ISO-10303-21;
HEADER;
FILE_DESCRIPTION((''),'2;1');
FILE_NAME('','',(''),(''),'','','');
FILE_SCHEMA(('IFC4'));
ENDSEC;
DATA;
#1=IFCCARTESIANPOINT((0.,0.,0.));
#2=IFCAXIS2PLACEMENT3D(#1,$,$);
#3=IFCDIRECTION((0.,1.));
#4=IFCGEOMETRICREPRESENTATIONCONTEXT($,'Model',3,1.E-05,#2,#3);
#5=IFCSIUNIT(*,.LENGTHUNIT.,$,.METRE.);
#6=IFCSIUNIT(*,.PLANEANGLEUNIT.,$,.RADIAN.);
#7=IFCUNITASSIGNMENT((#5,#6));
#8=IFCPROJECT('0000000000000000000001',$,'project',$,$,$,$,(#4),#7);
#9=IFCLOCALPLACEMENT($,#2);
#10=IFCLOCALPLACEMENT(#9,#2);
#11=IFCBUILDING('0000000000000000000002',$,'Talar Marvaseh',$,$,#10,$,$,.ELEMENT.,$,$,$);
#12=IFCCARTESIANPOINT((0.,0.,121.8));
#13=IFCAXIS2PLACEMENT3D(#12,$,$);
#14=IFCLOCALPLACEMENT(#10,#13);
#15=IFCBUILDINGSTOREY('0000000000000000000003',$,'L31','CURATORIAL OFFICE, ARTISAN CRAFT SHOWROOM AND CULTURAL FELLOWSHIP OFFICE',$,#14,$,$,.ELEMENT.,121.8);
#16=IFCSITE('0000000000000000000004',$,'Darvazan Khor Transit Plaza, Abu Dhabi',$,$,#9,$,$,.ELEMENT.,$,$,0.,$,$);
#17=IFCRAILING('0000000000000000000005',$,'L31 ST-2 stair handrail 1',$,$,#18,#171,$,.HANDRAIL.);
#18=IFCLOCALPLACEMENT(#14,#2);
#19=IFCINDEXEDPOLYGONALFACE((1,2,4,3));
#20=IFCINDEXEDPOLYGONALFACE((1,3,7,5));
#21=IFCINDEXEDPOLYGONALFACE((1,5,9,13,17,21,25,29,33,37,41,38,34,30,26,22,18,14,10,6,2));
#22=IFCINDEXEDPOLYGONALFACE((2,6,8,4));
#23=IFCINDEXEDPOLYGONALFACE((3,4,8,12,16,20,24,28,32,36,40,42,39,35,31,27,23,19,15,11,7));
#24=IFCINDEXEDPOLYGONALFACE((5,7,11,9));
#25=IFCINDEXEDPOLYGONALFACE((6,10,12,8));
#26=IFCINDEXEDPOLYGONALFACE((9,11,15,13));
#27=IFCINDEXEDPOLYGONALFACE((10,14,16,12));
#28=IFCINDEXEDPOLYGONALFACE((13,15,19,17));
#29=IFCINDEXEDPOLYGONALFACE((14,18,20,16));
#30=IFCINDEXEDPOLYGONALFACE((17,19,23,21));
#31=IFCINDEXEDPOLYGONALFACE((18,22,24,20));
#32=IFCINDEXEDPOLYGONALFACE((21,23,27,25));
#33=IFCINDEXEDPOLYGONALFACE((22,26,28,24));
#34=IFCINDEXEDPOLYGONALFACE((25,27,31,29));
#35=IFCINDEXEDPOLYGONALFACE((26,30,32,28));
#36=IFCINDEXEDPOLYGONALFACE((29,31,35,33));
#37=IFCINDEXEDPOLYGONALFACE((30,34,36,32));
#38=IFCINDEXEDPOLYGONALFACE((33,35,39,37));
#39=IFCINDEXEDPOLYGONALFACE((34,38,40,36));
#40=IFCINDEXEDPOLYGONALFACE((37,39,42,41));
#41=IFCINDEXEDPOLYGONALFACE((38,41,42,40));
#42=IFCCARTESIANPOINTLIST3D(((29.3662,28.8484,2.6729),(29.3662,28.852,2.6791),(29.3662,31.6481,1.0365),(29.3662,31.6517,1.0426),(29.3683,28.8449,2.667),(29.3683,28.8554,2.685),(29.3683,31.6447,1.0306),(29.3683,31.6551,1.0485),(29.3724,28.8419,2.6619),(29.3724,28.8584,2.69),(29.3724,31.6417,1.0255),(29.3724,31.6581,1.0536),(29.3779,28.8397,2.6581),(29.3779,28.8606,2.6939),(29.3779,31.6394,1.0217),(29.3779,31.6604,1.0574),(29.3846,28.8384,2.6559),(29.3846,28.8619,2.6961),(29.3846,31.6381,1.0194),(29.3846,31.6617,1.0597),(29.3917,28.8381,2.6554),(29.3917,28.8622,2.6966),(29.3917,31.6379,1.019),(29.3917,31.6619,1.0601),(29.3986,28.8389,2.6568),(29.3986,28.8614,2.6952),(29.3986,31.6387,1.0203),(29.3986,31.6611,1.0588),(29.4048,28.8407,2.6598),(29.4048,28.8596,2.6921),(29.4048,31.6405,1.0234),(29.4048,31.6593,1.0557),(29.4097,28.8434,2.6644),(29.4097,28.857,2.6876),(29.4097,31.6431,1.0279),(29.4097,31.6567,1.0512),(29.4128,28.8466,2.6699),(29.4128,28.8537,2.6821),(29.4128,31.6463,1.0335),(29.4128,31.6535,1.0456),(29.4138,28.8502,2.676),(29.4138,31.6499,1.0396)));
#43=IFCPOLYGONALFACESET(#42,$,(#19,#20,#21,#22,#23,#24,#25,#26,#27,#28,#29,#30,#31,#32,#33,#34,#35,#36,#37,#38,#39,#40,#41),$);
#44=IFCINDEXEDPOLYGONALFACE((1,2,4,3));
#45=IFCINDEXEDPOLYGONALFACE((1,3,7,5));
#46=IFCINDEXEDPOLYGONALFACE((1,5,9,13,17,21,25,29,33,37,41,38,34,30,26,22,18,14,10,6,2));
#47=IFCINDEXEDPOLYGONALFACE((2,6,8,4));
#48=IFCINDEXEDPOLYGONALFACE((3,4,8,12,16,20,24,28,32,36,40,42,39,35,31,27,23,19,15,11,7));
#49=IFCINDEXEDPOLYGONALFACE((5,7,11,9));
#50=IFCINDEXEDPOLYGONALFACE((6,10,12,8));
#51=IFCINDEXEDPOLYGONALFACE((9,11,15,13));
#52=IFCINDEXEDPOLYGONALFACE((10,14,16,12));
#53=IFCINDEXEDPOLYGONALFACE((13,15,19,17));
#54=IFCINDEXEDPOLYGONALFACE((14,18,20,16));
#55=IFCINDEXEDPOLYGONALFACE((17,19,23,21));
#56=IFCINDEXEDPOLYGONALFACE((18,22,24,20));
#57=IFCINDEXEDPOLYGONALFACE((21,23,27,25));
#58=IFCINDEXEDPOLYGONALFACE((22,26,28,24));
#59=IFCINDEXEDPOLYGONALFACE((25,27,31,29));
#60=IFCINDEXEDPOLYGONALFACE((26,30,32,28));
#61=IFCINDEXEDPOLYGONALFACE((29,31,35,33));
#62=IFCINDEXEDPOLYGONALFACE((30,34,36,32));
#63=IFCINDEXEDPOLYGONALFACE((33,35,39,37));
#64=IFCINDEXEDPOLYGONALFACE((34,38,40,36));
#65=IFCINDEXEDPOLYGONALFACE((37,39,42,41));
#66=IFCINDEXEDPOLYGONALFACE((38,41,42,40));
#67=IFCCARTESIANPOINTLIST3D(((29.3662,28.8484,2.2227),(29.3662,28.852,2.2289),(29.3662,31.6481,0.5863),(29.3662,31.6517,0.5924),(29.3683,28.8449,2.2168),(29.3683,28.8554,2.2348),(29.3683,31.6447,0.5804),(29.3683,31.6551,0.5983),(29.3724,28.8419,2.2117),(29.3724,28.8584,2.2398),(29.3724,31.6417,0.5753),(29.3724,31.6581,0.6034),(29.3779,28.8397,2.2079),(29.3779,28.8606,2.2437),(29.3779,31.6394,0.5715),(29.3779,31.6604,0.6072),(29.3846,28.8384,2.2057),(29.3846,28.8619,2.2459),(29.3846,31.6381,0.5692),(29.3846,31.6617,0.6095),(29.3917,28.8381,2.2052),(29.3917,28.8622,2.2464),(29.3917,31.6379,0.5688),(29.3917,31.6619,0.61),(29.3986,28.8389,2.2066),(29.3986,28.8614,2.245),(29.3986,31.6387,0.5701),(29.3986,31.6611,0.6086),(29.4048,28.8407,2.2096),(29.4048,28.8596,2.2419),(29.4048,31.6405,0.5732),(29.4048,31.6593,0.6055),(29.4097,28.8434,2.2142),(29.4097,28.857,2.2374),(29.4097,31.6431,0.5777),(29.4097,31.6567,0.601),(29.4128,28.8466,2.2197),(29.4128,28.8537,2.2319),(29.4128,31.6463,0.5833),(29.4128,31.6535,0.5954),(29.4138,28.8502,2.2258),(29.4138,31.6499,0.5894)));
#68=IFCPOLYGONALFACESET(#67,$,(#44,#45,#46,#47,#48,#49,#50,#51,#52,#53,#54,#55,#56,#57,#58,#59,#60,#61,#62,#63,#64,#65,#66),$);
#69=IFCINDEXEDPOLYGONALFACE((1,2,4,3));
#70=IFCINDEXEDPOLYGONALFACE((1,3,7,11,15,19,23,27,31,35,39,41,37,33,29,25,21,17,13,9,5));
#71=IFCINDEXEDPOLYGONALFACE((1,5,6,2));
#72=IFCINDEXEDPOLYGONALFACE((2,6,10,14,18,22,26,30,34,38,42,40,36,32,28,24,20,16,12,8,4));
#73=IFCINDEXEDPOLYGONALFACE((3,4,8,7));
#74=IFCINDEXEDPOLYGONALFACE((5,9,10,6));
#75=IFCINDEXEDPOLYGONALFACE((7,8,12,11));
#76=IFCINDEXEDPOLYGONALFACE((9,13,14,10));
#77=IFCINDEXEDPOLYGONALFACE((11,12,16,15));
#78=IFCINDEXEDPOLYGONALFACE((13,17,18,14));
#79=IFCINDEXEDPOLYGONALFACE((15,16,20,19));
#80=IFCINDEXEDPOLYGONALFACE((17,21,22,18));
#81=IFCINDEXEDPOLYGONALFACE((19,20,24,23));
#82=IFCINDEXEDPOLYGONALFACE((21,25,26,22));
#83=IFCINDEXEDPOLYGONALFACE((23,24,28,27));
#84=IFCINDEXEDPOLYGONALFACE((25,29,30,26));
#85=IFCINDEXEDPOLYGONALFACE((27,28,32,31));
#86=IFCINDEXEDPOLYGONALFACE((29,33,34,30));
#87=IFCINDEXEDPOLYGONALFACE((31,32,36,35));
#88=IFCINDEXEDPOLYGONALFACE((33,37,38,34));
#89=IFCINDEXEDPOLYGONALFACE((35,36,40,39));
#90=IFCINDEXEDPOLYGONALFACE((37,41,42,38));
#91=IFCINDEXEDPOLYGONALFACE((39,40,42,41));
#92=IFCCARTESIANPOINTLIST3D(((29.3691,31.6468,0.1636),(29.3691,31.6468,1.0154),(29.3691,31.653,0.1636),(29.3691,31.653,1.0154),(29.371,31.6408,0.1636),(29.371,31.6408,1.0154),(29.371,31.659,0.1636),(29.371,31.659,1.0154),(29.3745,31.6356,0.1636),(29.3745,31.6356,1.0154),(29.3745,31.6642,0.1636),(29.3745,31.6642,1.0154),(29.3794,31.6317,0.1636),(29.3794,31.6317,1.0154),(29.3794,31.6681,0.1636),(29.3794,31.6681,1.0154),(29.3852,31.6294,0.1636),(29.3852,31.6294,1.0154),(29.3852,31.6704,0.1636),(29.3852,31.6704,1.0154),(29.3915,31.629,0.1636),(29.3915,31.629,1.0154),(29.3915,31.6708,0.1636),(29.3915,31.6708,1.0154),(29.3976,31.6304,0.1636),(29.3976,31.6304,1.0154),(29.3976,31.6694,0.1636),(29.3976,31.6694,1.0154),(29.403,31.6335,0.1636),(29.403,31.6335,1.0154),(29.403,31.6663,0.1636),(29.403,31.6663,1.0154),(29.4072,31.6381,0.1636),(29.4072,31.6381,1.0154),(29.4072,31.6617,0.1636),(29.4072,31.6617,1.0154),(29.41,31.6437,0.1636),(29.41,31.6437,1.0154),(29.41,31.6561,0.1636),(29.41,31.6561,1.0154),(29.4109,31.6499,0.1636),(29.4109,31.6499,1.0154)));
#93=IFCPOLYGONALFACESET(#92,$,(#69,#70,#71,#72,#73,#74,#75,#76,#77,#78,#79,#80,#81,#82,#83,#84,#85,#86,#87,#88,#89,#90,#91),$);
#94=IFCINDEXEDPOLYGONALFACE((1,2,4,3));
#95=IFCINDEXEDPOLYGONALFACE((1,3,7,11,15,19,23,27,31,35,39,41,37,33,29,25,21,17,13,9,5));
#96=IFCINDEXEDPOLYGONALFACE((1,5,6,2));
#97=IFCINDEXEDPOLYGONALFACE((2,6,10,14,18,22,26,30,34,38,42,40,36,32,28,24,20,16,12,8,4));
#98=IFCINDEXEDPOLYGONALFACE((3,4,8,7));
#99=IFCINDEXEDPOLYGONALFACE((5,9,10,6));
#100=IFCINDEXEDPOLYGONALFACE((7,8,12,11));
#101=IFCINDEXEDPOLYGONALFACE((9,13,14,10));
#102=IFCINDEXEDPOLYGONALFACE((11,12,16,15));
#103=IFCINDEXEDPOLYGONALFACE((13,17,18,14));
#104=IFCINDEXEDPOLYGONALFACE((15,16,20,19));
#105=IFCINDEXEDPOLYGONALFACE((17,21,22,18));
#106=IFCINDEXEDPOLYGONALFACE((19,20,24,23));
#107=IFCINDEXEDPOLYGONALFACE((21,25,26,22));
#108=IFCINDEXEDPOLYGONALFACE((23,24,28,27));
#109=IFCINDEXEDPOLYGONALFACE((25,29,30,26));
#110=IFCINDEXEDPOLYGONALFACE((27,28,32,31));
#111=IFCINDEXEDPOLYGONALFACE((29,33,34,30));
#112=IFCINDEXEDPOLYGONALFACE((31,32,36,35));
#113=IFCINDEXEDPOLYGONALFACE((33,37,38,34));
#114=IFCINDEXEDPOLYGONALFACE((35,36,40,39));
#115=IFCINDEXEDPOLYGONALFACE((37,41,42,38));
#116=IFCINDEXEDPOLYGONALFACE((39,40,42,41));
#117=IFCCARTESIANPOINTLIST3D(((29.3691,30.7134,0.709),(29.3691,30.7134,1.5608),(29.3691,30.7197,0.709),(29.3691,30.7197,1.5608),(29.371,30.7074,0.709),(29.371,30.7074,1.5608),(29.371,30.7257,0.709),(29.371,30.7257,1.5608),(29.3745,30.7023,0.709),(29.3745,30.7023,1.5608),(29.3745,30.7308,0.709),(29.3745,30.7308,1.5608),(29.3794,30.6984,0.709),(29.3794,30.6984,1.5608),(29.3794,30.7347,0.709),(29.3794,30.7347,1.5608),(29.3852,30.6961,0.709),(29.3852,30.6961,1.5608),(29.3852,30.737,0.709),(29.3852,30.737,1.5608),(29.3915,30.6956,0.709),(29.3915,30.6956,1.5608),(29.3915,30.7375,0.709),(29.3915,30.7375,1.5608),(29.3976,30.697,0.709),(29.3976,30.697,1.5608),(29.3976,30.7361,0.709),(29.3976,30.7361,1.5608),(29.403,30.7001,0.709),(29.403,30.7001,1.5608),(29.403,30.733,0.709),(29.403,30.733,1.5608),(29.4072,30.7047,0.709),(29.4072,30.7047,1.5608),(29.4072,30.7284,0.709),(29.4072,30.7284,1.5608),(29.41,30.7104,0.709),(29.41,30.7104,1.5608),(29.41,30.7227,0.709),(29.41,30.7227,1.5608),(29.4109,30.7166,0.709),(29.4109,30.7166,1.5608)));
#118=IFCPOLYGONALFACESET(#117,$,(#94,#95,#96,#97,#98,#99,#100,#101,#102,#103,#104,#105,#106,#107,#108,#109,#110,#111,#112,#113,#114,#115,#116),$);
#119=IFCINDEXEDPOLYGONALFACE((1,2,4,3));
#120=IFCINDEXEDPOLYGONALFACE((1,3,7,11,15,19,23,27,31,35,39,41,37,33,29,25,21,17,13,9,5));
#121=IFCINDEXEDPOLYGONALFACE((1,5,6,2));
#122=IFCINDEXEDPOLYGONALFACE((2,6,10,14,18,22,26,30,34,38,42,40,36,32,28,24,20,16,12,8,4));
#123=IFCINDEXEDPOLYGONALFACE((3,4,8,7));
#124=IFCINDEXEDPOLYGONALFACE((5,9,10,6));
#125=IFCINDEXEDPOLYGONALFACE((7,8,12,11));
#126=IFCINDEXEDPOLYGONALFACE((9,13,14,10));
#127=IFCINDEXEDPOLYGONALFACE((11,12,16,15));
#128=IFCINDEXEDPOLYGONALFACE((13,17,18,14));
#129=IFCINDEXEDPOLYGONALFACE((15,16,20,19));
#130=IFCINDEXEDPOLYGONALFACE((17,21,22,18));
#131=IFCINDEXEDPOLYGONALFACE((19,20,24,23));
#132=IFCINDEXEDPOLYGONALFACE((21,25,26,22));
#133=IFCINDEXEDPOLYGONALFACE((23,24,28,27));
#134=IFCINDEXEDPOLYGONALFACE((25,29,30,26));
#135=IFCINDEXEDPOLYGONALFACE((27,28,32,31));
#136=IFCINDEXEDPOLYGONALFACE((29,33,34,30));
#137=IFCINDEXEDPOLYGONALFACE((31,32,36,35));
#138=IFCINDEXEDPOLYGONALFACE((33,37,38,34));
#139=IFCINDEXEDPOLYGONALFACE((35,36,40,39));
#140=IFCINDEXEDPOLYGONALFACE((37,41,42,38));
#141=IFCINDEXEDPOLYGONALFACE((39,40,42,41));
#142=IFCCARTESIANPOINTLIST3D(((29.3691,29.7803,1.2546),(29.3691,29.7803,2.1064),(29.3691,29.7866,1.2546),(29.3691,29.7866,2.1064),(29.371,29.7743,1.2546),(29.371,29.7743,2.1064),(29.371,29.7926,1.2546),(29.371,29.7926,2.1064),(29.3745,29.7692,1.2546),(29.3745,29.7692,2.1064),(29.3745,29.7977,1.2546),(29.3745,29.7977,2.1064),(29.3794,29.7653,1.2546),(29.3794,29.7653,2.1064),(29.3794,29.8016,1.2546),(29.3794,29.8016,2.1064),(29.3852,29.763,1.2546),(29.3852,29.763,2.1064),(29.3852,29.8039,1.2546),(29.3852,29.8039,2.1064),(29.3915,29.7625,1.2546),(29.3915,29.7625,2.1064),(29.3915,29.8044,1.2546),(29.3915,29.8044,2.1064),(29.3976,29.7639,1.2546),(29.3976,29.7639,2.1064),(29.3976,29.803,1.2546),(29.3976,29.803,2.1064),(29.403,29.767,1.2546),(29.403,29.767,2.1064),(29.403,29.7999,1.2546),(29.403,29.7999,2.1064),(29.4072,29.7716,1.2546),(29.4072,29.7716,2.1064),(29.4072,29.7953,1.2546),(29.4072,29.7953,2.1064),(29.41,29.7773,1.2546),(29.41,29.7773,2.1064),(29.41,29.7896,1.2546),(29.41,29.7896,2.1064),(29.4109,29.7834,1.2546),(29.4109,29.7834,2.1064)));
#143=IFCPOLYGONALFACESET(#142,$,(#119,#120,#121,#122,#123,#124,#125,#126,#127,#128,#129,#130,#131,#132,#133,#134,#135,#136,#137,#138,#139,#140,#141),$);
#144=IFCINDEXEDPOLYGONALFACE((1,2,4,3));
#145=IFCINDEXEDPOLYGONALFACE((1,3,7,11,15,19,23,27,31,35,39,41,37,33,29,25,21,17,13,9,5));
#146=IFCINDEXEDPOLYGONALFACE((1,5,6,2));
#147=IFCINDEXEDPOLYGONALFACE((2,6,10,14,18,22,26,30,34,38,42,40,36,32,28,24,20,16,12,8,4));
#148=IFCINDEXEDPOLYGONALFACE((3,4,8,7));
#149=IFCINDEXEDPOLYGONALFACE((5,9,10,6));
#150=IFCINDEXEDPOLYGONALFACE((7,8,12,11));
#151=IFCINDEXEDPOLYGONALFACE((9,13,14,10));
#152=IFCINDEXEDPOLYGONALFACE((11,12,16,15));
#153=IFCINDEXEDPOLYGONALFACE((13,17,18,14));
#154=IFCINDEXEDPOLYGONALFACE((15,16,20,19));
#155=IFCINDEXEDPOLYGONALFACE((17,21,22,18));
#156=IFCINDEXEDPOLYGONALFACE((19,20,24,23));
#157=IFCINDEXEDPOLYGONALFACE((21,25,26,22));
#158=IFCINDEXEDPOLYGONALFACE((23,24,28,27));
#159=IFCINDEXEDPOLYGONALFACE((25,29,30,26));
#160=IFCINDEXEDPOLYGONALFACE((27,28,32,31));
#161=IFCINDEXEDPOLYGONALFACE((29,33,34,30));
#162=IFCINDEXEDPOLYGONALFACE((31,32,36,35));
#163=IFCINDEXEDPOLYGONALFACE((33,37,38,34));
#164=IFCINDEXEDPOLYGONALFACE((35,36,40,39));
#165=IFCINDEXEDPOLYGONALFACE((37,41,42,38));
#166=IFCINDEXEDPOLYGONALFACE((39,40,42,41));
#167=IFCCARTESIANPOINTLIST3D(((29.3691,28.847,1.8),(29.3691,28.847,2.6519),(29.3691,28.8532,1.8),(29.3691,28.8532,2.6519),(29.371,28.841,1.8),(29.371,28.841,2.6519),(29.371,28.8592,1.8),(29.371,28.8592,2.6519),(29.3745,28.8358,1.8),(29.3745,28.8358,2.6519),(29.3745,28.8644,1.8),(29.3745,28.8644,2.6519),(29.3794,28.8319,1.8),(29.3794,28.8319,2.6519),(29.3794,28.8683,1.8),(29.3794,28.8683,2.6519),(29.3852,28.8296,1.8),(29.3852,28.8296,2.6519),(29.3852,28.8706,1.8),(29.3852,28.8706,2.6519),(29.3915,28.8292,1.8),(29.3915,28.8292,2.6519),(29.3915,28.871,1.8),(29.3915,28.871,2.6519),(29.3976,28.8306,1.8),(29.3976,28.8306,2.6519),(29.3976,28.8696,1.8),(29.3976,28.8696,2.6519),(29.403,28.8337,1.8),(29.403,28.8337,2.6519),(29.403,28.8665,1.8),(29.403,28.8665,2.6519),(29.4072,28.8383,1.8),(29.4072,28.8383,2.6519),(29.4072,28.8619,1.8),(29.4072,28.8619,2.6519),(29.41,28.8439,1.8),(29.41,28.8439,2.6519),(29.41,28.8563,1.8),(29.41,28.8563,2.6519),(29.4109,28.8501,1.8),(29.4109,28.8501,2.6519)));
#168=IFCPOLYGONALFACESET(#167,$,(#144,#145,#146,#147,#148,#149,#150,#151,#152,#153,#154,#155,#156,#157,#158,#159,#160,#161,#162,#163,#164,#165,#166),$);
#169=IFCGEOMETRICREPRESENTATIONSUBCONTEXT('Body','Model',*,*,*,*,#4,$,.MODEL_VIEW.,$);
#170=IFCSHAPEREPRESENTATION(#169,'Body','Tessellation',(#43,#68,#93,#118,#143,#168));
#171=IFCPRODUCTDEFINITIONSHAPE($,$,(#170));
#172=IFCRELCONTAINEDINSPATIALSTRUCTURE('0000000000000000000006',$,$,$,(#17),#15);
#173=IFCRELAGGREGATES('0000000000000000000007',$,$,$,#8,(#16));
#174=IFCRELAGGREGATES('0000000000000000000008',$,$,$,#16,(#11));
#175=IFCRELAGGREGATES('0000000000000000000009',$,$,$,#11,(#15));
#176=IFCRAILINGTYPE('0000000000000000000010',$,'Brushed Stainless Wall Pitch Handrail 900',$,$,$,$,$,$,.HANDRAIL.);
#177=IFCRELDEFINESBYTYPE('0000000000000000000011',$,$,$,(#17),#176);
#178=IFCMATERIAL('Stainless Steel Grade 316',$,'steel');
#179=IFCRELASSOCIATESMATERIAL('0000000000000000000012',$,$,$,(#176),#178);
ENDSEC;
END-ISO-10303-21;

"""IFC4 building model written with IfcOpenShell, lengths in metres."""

from ifc_helpers import new_model, si_unit, direction, frame, origin, origin_2d, place, context, subcontext, project, spatial, circle, extrude, material, type_object, element, save


model = new_model("IFC4")

# Units and contexts
model_context = context("Model", 3, precision=1e-05, world=origin(), true_north=direction((0.0, 1.0)))
body_context = subcontext(model_context, "Body", "Model", "MODEL_VIEW")
ifc_project = project(units=[si_unit("LENGTHUNIT", "METRE"), si_unit("PLANEANGLEUNIT", "RADIAN")], contexts=[model_context])

# Site, building, storey
site_placement = place(None, origin())
site = spatial("IfcSite", under=ifc_project, at=site_placement, Name="Darvazan Khor Transit Plaza, Abu Dhabi", CompositionType="ELEMENT", RefElevation=0.0)
building_placement = place(site_placement, origin())
building = spatial("IfcBuilding", under=site, at=building_placement, Name="Talar Marvaseh", CompositionType="ELEMENT")
storey_placement = place(building_placement, frame((0.0, 0.0, 121.8)))
storey = spatial("IfcBuildingStorey", under=building, at=storey_placement, Name="L31", Description="CURATORIAL OFFICE, ARTISAN CRAFT SHOWROOM AND CULTURAL FELLOWSHIP OFFICE", CompositionType="ELEMENT", Elevation=121.8)

# Shared definitions
ifc_material_1 = material(Name="Stainless Steel Grade 316", Category="steel")

# Railing
railing_type_1 = type_object("IfcRailingType", Name="Brushed Stainless Wall Pitch Handrail 900", PredefinedType="HANDRAIL", material=ifc_material_1)
railing_1_placement = place(storey_placement, frame((29.3899, 31.6499, 0.1636)))
element("IfcRailing", 1, at=railing_1_placement, inside=storey, type_object=railing_type_1, Name="L31 ST-2 stair handrail 1", PredefinedType="HANDRAIL", context=body_context, shape_type="SweptSolid", body=[
    extrude(circle(Radius=0.0239, at=origin_2d()), frame((0.0, 0.0, 0.876), z_axis=(0.0, -0.863342, 0.50462), x_axis=(1.0, 0.0, 0.0)), (0.0, 0.0, 1.0), 3.2429),
    extrude(circle(Radius=0.0239, at=origin_2d()), frame((0.0, 0.0, 0.4258), z_axis=(0.0, -0.863342, 0.50462), x_axis=(1.0, 0.0, 0.0)), (0.0, 0.0, 1.0), 3.2429),
    extrude(circle(Radius=0.021, at=origin_2d()), origin(), (0.0, 0.0, 1.0), 0.8518),
    extrude(circle(Radius=0.021, at=origin_2d()), frame((0.0, -0.9333, 0.5454)), (0.0, 0.0, 1.0), 0.8518),
    extrude(circle(Radius=0.021, at=origin_2d()), frame((0.0, -1.8665, 1.0911)), (0.0, 0.0, 1.0), 0.8518),
    extrude(circle(Radius=0.021, at=origin_2d()), frame((0.0, -2.7998, 1.6365)), (0.0, 0.0, 1.0), 0.8518),
])

save(model, "model.ifc")
